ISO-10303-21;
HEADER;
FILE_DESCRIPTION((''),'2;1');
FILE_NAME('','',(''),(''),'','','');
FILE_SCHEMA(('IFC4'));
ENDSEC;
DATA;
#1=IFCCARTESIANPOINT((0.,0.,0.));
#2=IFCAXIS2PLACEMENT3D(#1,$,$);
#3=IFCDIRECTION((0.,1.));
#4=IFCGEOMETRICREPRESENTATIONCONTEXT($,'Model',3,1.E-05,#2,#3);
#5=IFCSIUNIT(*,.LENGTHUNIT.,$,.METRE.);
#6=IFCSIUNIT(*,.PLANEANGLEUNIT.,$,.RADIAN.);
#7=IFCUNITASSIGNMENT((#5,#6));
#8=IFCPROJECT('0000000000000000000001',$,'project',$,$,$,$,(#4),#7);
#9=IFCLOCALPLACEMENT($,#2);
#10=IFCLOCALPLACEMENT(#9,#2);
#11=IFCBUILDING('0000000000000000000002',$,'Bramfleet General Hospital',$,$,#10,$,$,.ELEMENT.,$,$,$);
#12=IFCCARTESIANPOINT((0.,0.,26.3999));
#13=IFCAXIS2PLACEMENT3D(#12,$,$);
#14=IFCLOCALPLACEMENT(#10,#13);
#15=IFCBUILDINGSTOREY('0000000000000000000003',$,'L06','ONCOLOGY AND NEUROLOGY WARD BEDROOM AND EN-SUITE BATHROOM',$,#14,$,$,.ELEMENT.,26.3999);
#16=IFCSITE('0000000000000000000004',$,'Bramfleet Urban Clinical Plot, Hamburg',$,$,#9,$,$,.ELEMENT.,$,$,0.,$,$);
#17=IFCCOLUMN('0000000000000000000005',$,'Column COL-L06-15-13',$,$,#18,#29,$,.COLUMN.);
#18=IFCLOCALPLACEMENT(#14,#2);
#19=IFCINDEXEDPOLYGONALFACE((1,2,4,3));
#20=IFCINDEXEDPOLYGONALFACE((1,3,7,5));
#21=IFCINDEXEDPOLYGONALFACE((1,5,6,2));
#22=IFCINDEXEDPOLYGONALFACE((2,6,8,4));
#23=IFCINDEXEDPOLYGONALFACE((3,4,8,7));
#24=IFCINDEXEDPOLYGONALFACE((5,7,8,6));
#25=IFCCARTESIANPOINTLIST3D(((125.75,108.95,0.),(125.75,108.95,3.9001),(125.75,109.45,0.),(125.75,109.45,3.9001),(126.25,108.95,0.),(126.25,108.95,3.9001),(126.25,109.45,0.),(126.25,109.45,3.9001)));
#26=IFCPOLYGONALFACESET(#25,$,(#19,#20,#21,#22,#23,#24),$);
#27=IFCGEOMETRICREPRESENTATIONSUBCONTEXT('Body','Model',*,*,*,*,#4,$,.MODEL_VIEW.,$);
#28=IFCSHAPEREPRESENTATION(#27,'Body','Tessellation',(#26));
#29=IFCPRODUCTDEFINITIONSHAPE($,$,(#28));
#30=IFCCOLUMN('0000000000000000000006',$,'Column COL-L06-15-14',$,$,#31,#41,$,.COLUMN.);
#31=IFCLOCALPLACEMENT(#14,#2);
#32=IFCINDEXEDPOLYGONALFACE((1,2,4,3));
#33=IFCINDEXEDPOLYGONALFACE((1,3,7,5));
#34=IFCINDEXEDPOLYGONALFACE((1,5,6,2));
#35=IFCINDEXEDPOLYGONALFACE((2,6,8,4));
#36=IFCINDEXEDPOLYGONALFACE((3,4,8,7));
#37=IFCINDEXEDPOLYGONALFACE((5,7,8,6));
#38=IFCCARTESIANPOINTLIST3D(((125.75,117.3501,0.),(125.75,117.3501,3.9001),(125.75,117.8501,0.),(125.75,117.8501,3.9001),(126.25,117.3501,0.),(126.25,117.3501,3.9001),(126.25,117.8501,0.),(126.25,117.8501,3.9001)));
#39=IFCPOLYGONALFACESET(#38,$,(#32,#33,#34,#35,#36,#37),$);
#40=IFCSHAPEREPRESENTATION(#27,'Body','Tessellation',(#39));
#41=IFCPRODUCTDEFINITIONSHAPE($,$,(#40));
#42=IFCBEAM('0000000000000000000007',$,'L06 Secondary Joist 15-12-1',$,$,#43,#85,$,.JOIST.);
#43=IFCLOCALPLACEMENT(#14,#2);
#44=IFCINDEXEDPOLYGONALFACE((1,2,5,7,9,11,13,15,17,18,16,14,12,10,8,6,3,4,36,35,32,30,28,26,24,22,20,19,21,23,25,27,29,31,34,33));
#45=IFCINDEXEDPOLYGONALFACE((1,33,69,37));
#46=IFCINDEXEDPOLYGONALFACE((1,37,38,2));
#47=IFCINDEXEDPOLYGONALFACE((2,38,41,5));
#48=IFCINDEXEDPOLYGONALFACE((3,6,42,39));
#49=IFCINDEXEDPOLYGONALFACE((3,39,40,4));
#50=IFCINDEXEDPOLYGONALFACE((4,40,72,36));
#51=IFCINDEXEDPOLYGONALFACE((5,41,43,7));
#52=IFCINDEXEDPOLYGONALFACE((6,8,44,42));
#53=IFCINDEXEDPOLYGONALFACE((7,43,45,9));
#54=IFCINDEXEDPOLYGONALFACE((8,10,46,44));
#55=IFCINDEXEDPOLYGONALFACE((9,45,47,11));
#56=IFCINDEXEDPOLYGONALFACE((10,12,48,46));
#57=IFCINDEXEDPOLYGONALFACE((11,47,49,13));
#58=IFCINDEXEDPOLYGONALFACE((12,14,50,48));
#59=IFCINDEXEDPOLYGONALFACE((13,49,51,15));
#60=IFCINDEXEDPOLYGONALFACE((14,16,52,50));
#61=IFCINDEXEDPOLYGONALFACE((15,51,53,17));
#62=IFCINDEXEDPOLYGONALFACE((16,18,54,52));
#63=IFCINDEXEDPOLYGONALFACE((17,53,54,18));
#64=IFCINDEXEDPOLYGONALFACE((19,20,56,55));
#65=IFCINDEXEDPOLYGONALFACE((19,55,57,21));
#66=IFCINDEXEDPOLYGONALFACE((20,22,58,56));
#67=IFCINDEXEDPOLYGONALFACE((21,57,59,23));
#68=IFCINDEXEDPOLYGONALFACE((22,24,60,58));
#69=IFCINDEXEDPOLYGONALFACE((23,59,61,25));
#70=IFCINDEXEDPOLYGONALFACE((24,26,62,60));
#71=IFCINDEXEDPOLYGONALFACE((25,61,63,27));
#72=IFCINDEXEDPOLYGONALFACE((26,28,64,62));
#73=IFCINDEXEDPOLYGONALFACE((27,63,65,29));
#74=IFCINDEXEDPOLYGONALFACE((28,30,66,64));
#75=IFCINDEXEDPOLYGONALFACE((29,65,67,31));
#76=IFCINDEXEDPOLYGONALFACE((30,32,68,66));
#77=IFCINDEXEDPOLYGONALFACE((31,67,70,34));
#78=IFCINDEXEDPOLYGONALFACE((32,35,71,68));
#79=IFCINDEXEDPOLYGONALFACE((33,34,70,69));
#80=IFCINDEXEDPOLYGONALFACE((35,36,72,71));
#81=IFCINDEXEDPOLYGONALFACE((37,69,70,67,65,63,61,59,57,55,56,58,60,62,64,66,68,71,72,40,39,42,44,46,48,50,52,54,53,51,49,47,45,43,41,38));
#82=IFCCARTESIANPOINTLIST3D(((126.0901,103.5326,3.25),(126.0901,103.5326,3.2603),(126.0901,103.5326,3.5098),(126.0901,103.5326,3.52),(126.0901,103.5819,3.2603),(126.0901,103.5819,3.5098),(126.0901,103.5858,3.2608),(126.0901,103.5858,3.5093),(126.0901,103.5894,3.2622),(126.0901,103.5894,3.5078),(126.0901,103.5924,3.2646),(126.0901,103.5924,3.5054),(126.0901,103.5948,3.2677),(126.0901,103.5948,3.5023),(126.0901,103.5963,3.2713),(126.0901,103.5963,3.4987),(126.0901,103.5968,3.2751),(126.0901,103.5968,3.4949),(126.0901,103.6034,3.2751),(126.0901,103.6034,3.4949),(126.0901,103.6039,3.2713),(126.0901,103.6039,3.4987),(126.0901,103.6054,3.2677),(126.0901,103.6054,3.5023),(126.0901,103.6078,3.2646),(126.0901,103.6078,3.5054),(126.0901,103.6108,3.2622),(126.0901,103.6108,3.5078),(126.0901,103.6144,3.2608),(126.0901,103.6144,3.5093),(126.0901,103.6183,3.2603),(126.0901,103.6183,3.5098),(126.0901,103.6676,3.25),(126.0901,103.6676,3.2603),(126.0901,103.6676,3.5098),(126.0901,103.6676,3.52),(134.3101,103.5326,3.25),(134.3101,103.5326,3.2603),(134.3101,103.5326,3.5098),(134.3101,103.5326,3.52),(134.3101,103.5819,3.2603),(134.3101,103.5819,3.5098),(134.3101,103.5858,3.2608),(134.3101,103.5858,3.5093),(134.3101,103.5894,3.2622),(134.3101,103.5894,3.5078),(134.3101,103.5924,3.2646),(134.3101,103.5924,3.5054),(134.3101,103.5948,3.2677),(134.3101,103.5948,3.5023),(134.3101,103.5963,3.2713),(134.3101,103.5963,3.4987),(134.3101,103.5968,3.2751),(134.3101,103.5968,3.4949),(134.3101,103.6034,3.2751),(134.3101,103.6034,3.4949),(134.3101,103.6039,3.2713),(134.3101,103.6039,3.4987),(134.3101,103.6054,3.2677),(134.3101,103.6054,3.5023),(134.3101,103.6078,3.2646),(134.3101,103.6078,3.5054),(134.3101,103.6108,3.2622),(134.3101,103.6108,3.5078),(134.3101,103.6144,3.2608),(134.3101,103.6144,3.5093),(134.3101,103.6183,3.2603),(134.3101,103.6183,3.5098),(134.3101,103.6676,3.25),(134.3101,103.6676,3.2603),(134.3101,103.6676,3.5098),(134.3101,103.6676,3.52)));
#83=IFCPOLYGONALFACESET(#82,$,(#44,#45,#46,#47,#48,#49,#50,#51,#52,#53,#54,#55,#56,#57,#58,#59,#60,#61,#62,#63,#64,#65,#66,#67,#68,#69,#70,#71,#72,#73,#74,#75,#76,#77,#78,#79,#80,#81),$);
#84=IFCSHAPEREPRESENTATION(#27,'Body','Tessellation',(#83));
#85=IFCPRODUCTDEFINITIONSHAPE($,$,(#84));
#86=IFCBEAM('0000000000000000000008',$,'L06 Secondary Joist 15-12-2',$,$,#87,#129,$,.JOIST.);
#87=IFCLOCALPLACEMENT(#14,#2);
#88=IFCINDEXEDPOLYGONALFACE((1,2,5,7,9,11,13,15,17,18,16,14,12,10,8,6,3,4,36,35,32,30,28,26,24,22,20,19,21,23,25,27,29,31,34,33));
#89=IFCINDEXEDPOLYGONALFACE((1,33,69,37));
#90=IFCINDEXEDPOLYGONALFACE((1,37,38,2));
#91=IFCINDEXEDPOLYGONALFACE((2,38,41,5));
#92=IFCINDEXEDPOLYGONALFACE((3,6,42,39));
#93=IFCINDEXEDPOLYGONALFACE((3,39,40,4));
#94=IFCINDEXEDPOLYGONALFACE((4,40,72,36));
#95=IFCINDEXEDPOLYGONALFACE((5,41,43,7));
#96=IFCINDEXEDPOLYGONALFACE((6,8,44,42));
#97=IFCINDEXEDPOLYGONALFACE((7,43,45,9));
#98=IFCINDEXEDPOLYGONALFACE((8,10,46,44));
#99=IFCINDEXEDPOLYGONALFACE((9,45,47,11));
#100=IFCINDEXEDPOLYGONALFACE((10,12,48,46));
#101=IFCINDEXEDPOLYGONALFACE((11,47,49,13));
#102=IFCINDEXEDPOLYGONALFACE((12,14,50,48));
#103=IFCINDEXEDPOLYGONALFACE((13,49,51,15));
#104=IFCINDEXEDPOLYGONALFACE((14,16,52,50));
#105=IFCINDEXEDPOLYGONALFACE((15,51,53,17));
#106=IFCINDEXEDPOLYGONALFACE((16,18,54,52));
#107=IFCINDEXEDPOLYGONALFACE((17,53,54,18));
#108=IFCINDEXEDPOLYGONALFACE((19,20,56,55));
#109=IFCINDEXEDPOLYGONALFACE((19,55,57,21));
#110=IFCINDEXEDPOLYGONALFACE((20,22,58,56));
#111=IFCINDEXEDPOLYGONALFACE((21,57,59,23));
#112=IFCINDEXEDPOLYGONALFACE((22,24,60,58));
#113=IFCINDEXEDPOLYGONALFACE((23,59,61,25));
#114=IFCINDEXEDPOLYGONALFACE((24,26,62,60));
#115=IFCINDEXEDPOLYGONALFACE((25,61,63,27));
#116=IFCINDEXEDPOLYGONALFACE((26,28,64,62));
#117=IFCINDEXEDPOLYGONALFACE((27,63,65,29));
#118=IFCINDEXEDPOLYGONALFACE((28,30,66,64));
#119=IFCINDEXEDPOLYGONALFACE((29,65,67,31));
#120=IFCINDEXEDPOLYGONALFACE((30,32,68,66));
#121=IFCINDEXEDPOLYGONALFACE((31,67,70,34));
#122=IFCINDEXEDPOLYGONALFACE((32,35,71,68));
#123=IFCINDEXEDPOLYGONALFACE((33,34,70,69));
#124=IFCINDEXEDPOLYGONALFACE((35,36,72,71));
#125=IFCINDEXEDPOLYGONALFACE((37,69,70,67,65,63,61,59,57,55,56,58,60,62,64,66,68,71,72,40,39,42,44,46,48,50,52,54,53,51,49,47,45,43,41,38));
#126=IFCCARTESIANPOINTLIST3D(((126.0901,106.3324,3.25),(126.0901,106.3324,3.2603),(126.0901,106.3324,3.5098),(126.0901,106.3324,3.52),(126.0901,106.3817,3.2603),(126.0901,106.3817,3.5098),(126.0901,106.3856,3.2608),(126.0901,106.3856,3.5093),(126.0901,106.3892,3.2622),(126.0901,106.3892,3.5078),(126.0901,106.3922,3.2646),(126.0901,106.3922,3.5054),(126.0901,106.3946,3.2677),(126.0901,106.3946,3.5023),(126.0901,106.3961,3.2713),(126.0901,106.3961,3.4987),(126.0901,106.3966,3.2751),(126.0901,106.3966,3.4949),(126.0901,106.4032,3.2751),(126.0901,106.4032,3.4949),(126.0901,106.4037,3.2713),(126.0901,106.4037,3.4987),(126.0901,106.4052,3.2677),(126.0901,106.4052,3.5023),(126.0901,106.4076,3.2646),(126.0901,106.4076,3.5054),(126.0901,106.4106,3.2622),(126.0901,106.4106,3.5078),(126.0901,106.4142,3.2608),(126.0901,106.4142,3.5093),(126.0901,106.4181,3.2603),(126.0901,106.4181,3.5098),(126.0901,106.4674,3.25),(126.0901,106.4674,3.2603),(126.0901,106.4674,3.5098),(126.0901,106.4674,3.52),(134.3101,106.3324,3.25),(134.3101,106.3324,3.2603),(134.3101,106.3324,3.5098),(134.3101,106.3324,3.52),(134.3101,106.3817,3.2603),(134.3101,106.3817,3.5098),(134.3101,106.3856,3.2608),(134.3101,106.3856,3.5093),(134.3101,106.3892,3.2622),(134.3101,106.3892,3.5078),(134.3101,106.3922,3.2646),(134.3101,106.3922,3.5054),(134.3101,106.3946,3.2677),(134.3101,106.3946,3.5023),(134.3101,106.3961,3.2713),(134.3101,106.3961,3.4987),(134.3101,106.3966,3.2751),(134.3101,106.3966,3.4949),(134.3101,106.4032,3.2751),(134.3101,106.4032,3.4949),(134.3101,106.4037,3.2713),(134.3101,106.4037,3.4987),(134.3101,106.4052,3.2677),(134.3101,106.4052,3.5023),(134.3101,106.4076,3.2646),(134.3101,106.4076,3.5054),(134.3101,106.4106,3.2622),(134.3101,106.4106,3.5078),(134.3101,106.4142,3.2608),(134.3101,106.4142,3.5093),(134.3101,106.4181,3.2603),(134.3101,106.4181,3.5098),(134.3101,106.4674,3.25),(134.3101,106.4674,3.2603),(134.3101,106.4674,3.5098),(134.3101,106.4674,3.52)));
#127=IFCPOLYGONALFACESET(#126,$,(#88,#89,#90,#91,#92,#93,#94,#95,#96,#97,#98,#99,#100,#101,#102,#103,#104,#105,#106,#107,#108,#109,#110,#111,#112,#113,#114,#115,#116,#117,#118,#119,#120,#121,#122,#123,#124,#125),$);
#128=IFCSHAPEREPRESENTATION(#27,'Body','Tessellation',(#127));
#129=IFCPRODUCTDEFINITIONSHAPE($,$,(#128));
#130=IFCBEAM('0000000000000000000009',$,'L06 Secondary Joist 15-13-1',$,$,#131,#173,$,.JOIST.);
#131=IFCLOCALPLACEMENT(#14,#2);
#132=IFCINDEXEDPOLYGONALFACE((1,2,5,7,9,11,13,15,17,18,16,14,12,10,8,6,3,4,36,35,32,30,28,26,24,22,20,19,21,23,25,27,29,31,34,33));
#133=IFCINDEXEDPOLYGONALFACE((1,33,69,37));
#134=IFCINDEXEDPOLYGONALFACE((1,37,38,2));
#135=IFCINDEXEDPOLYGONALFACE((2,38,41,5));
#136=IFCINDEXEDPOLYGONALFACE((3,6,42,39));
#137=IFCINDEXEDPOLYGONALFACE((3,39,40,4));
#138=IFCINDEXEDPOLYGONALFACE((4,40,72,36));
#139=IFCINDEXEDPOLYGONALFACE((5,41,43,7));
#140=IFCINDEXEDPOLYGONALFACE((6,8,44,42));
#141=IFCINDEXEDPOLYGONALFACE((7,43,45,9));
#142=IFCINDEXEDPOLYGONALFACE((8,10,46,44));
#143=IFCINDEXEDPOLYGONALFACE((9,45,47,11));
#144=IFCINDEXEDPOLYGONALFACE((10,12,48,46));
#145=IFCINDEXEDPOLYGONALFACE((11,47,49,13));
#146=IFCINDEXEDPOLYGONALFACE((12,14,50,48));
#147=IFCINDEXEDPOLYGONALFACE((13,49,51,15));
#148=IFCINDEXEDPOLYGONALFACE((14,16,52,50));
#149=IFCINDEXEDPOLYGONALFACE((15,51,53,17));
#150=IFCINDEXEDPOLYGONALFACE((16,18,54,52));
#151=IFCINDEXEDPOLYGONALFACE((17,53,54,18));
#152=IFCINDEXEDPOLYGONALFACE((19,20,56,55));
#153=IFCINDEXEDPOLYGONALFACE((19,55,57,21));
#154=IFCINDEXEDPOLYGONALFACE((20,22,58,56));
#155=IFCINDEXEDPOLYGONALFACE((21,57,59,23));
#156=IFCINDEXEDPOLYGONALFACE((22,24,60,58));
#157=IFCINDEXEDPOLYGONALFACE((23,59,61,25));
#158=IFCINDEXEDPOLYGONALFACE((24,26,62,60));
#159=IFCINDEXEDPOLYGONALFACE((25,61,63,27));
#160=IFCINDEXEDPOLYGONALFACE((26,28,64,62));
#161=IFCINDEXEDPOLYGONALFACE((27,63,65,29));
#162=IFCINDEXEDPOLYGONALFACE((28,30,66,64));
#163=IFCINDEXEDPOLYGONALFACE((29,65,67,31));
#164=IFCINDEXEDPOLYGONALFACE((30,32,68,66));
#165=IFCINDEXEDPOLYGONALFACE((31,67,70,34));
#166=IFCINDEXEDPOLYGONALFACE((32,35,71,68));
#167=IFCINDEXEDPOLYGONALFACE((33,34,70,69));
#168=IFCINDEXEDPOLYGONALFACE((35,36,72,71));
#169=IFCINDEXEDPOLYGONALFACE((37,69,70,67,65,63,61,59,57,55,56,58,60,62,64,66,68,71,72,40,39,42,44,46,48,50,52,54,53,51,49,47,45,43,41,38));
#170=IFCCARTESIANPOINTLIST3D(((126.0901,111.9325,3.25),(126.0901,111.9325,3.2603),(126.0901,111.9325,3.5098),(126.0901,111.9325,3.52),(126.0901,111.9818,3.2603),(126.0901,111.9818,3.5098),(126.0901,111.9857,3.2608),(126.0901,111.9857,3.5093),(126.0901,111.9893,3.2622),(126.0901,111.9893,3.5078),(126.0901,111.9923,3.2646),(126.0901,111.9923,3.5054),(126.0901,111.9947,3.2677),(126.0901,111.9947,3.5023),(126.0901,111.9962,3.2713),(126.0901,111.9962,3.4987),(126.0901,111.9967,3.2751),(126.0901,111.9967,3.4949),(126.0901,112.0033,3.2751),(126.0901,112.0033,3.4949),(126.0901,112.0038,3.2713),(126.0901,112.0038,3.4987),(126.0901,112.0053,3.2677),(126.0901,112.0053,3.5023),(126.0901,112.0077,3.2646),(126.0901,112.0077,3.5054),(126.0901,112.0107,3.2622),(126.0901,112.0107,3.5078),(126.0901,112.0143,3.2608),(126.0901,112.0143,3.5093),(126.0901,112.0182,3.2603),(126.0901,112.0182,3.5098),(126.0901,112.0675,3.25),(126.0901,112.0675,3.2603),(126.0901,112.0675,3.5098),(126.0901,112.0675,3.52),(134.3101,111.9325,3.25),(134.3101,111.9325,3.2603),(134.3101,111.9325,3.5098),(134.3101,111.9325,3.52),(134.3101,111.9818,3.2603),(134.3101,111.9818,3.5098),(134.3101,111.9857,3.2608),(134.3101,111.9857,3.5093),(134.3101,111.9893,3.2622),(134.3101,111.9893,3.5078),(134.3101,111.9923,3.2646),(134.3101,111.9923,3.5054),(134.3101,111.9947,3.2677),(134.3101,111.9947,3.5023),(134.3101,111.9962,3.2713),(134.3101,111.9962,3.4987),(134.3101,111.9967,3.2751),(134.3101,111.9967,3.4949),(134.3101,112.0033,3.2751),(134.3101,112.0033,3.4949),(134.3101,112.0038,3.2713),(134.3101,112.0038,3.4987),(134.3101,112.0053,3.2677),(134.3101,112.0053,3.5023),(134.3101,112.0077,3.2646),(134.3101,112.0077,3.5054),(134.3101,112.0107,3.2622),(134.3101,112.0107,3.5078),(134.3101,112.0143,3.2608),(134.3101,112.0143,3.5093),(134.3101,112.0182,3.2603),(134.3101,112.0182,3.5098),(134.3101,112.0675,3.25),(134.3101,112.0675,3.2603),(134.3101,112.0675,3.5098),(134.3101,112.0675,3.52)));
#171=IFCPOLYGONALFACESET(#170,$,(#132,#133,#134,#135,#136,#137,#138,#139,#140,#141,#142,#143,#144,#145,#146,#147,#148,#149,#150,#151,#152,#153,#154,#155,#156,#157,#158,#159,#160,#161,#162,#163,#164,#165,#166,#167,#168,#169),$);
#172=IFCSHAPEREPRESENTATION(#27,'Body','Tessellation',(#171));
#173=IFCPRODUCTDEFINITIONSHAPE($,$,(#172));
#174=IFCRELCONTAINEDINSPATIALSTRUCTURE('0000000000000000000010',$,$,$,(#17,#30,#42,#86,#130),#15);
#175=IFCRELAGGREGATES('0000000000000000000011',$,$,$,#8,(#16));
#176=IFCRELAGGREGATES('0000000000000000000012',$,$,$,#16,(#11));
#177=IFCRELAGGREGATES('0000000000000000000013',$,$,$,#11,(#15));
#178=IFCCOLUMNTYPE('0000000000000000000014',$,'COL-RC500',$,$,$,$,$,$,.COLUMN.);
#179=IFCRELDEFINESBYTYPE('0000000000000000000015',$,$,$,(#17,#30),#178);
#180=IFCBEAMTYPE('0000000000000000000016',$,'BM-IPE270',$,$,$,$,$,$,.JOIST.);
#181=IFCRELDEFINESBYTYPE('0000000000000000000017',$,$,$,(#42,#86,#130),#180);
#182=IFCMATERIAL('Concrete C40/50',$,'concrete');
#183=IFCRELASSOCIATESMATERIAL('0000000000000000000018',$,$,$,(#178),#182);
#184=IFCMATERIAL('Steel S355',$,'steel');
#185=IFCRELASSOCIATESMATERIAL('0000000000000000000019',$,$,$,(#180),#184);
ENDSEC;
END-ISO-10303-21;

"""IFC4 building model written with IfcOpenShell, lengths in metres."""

from ifc_helpers import new_model, si_unit, direction, frame, origin, origin_2d, place, context, subcontext, project, spatial, rectangle, i_section, extrude, material, material_profile, profile_set, type_object, element, save


model = new_model("IFC4")

# Units and contexts
model_context = context("Model", 3, precision=1e-05, world=origin(), true_north=direction((0.0, 1.0)))
body_context = subcontext(model_context, "Body", "Model", "MODEL_VIEW")
ifc_project = project(units=[si_unit("LENGTHUNIT", "METRE"), si_unit("PLANEANGLEUNIT", "RADIAN")], contexts=[model_context])

# Site, building, storey
site_placement = place(None, origin())
site = spatial("IfcSite", under=ifc_project, at=site_placement, Name="Bramfleet Urban Clinical Plot, Hamburg", CompositionType="ELEMENT", RefElevation=0.0)
building_placement = place(site_placement, origin())
building = spatial("IfcBuilding", under=site, at=building_placement, Name="Bramfleet General Hospital", CompositionType="ELEMENT")
storey_placement = place(building_placement, frame((0.0, 0.0, 26.3999)))
storey = spatial("IfcBuildingStorey", under=building, at=storey_placement, Name="L06", Description="ONCOLOGY AND NEUROLOGY WARD BEDROOM AND EN-SUITE BATHROOM", CompositionType="ELEMENT", Elevation=26.3999)

# Columns
ifc_material_1 = material(Name="Concrete C40/50", Category="concrete")
ifc_material_profile_1 = material_profile(ifc_material_1, rectangle(XDim=0.5, YDim=0.5, at=origin_2d()), Name="RC COL 500x500")
ifc_profile_set_1 = profile_set([ifc_material_profile_1], Name="Concrete C40/50")
column_type = type_object("IfcColumnType", Name="COL-RC500", PredefinedType="COLUMN", material=ifc_profile_set_1)
for number, where, z_axis, x_axis, name in (
    (1, (126.0, 109.2, 0.0), (0.0, 0.0, 1.0), (1.0, 0.0, 0.0), "Column COL-L06-15-13"),
    (2, (126.0, 117.6001, 0.0), (0.0, 0.0, 1.0), (1.0, 0.0, 0.0), "Column COL-L06-15-14"),
):
    element("IfcColumn", number, at=place(storey_placement, frame(where, z_axis=z_axis, x_axis=x_axis)), inside=storey, type_object=column_type, Name=name, PredefinedType="COLUMN", context=body_context, shape_type="SweptSolid", body=[
        extrude(rectangle(XDim=0.5, YDim=0.5, at=origin_2d()), origin(), (0.0, 0.0, 1.0), 3.9001),
    ])

# Beams
ifc_material_2 = material(Name="Steel S355", Category="steel")
ifc_material_profile_2 = material_profile(ifc_material_2, i_section(OverallWidth=0.135, OverallDepth=0.27, WebThickness=0.0066, FlangeThickness=0.0103, FilletRadius=0.0149, at=origin_2d()), Name="IPE 270")
ifc_profile_set_2 = profile_set([ifc_material_profile_2], Name="Steel S355")
beam_type_1 = type_object("IfcBeamType", Name="BM-IPE270", PredefinedType="JOIST", material=ifc_profile_set_2)
for number, where, z_axis, x_axis, name in (
    (3, (126.0901, 103.6001, 3.385), (1.0, 0.0, 0.0), (0.0, 1.0, 0.0), "L06 Secondary Joist 15-12-1"),
    (4, (126.0901, 106.3999, 3.385), (1.0, 0.0, 0.0), (0.0, 1.0, 0.0), "L06 Secondary Joist 15-12-2"),
    (5, (126.0901, 112.0, 3.385), (1.0, 0.0, 0.0), (0.0, 1.0, 0.0), "L06 Secondary Joist 15-13-1"),
):
    element("IfcBeam", number, at=place(storey_placement, frame(where, z_axis=z_axis, x_axis=x_axis)), inside=storey, type_object=beam_type_1, Name=name, PredefinedType="JOIST", context=body_context, shape_type="SweptSolid", body=[
        extrude(i_section(OverallWidth=0.135, OverallDepth=0.27, WebThickness=0.0066, FlangeThickness=0.0103, FilletRadius=0.0149, at=origin_2d()), origin(), (0.0, 0.0, 1.0), 8.22),
    ])

save(model, "model.ifc")
